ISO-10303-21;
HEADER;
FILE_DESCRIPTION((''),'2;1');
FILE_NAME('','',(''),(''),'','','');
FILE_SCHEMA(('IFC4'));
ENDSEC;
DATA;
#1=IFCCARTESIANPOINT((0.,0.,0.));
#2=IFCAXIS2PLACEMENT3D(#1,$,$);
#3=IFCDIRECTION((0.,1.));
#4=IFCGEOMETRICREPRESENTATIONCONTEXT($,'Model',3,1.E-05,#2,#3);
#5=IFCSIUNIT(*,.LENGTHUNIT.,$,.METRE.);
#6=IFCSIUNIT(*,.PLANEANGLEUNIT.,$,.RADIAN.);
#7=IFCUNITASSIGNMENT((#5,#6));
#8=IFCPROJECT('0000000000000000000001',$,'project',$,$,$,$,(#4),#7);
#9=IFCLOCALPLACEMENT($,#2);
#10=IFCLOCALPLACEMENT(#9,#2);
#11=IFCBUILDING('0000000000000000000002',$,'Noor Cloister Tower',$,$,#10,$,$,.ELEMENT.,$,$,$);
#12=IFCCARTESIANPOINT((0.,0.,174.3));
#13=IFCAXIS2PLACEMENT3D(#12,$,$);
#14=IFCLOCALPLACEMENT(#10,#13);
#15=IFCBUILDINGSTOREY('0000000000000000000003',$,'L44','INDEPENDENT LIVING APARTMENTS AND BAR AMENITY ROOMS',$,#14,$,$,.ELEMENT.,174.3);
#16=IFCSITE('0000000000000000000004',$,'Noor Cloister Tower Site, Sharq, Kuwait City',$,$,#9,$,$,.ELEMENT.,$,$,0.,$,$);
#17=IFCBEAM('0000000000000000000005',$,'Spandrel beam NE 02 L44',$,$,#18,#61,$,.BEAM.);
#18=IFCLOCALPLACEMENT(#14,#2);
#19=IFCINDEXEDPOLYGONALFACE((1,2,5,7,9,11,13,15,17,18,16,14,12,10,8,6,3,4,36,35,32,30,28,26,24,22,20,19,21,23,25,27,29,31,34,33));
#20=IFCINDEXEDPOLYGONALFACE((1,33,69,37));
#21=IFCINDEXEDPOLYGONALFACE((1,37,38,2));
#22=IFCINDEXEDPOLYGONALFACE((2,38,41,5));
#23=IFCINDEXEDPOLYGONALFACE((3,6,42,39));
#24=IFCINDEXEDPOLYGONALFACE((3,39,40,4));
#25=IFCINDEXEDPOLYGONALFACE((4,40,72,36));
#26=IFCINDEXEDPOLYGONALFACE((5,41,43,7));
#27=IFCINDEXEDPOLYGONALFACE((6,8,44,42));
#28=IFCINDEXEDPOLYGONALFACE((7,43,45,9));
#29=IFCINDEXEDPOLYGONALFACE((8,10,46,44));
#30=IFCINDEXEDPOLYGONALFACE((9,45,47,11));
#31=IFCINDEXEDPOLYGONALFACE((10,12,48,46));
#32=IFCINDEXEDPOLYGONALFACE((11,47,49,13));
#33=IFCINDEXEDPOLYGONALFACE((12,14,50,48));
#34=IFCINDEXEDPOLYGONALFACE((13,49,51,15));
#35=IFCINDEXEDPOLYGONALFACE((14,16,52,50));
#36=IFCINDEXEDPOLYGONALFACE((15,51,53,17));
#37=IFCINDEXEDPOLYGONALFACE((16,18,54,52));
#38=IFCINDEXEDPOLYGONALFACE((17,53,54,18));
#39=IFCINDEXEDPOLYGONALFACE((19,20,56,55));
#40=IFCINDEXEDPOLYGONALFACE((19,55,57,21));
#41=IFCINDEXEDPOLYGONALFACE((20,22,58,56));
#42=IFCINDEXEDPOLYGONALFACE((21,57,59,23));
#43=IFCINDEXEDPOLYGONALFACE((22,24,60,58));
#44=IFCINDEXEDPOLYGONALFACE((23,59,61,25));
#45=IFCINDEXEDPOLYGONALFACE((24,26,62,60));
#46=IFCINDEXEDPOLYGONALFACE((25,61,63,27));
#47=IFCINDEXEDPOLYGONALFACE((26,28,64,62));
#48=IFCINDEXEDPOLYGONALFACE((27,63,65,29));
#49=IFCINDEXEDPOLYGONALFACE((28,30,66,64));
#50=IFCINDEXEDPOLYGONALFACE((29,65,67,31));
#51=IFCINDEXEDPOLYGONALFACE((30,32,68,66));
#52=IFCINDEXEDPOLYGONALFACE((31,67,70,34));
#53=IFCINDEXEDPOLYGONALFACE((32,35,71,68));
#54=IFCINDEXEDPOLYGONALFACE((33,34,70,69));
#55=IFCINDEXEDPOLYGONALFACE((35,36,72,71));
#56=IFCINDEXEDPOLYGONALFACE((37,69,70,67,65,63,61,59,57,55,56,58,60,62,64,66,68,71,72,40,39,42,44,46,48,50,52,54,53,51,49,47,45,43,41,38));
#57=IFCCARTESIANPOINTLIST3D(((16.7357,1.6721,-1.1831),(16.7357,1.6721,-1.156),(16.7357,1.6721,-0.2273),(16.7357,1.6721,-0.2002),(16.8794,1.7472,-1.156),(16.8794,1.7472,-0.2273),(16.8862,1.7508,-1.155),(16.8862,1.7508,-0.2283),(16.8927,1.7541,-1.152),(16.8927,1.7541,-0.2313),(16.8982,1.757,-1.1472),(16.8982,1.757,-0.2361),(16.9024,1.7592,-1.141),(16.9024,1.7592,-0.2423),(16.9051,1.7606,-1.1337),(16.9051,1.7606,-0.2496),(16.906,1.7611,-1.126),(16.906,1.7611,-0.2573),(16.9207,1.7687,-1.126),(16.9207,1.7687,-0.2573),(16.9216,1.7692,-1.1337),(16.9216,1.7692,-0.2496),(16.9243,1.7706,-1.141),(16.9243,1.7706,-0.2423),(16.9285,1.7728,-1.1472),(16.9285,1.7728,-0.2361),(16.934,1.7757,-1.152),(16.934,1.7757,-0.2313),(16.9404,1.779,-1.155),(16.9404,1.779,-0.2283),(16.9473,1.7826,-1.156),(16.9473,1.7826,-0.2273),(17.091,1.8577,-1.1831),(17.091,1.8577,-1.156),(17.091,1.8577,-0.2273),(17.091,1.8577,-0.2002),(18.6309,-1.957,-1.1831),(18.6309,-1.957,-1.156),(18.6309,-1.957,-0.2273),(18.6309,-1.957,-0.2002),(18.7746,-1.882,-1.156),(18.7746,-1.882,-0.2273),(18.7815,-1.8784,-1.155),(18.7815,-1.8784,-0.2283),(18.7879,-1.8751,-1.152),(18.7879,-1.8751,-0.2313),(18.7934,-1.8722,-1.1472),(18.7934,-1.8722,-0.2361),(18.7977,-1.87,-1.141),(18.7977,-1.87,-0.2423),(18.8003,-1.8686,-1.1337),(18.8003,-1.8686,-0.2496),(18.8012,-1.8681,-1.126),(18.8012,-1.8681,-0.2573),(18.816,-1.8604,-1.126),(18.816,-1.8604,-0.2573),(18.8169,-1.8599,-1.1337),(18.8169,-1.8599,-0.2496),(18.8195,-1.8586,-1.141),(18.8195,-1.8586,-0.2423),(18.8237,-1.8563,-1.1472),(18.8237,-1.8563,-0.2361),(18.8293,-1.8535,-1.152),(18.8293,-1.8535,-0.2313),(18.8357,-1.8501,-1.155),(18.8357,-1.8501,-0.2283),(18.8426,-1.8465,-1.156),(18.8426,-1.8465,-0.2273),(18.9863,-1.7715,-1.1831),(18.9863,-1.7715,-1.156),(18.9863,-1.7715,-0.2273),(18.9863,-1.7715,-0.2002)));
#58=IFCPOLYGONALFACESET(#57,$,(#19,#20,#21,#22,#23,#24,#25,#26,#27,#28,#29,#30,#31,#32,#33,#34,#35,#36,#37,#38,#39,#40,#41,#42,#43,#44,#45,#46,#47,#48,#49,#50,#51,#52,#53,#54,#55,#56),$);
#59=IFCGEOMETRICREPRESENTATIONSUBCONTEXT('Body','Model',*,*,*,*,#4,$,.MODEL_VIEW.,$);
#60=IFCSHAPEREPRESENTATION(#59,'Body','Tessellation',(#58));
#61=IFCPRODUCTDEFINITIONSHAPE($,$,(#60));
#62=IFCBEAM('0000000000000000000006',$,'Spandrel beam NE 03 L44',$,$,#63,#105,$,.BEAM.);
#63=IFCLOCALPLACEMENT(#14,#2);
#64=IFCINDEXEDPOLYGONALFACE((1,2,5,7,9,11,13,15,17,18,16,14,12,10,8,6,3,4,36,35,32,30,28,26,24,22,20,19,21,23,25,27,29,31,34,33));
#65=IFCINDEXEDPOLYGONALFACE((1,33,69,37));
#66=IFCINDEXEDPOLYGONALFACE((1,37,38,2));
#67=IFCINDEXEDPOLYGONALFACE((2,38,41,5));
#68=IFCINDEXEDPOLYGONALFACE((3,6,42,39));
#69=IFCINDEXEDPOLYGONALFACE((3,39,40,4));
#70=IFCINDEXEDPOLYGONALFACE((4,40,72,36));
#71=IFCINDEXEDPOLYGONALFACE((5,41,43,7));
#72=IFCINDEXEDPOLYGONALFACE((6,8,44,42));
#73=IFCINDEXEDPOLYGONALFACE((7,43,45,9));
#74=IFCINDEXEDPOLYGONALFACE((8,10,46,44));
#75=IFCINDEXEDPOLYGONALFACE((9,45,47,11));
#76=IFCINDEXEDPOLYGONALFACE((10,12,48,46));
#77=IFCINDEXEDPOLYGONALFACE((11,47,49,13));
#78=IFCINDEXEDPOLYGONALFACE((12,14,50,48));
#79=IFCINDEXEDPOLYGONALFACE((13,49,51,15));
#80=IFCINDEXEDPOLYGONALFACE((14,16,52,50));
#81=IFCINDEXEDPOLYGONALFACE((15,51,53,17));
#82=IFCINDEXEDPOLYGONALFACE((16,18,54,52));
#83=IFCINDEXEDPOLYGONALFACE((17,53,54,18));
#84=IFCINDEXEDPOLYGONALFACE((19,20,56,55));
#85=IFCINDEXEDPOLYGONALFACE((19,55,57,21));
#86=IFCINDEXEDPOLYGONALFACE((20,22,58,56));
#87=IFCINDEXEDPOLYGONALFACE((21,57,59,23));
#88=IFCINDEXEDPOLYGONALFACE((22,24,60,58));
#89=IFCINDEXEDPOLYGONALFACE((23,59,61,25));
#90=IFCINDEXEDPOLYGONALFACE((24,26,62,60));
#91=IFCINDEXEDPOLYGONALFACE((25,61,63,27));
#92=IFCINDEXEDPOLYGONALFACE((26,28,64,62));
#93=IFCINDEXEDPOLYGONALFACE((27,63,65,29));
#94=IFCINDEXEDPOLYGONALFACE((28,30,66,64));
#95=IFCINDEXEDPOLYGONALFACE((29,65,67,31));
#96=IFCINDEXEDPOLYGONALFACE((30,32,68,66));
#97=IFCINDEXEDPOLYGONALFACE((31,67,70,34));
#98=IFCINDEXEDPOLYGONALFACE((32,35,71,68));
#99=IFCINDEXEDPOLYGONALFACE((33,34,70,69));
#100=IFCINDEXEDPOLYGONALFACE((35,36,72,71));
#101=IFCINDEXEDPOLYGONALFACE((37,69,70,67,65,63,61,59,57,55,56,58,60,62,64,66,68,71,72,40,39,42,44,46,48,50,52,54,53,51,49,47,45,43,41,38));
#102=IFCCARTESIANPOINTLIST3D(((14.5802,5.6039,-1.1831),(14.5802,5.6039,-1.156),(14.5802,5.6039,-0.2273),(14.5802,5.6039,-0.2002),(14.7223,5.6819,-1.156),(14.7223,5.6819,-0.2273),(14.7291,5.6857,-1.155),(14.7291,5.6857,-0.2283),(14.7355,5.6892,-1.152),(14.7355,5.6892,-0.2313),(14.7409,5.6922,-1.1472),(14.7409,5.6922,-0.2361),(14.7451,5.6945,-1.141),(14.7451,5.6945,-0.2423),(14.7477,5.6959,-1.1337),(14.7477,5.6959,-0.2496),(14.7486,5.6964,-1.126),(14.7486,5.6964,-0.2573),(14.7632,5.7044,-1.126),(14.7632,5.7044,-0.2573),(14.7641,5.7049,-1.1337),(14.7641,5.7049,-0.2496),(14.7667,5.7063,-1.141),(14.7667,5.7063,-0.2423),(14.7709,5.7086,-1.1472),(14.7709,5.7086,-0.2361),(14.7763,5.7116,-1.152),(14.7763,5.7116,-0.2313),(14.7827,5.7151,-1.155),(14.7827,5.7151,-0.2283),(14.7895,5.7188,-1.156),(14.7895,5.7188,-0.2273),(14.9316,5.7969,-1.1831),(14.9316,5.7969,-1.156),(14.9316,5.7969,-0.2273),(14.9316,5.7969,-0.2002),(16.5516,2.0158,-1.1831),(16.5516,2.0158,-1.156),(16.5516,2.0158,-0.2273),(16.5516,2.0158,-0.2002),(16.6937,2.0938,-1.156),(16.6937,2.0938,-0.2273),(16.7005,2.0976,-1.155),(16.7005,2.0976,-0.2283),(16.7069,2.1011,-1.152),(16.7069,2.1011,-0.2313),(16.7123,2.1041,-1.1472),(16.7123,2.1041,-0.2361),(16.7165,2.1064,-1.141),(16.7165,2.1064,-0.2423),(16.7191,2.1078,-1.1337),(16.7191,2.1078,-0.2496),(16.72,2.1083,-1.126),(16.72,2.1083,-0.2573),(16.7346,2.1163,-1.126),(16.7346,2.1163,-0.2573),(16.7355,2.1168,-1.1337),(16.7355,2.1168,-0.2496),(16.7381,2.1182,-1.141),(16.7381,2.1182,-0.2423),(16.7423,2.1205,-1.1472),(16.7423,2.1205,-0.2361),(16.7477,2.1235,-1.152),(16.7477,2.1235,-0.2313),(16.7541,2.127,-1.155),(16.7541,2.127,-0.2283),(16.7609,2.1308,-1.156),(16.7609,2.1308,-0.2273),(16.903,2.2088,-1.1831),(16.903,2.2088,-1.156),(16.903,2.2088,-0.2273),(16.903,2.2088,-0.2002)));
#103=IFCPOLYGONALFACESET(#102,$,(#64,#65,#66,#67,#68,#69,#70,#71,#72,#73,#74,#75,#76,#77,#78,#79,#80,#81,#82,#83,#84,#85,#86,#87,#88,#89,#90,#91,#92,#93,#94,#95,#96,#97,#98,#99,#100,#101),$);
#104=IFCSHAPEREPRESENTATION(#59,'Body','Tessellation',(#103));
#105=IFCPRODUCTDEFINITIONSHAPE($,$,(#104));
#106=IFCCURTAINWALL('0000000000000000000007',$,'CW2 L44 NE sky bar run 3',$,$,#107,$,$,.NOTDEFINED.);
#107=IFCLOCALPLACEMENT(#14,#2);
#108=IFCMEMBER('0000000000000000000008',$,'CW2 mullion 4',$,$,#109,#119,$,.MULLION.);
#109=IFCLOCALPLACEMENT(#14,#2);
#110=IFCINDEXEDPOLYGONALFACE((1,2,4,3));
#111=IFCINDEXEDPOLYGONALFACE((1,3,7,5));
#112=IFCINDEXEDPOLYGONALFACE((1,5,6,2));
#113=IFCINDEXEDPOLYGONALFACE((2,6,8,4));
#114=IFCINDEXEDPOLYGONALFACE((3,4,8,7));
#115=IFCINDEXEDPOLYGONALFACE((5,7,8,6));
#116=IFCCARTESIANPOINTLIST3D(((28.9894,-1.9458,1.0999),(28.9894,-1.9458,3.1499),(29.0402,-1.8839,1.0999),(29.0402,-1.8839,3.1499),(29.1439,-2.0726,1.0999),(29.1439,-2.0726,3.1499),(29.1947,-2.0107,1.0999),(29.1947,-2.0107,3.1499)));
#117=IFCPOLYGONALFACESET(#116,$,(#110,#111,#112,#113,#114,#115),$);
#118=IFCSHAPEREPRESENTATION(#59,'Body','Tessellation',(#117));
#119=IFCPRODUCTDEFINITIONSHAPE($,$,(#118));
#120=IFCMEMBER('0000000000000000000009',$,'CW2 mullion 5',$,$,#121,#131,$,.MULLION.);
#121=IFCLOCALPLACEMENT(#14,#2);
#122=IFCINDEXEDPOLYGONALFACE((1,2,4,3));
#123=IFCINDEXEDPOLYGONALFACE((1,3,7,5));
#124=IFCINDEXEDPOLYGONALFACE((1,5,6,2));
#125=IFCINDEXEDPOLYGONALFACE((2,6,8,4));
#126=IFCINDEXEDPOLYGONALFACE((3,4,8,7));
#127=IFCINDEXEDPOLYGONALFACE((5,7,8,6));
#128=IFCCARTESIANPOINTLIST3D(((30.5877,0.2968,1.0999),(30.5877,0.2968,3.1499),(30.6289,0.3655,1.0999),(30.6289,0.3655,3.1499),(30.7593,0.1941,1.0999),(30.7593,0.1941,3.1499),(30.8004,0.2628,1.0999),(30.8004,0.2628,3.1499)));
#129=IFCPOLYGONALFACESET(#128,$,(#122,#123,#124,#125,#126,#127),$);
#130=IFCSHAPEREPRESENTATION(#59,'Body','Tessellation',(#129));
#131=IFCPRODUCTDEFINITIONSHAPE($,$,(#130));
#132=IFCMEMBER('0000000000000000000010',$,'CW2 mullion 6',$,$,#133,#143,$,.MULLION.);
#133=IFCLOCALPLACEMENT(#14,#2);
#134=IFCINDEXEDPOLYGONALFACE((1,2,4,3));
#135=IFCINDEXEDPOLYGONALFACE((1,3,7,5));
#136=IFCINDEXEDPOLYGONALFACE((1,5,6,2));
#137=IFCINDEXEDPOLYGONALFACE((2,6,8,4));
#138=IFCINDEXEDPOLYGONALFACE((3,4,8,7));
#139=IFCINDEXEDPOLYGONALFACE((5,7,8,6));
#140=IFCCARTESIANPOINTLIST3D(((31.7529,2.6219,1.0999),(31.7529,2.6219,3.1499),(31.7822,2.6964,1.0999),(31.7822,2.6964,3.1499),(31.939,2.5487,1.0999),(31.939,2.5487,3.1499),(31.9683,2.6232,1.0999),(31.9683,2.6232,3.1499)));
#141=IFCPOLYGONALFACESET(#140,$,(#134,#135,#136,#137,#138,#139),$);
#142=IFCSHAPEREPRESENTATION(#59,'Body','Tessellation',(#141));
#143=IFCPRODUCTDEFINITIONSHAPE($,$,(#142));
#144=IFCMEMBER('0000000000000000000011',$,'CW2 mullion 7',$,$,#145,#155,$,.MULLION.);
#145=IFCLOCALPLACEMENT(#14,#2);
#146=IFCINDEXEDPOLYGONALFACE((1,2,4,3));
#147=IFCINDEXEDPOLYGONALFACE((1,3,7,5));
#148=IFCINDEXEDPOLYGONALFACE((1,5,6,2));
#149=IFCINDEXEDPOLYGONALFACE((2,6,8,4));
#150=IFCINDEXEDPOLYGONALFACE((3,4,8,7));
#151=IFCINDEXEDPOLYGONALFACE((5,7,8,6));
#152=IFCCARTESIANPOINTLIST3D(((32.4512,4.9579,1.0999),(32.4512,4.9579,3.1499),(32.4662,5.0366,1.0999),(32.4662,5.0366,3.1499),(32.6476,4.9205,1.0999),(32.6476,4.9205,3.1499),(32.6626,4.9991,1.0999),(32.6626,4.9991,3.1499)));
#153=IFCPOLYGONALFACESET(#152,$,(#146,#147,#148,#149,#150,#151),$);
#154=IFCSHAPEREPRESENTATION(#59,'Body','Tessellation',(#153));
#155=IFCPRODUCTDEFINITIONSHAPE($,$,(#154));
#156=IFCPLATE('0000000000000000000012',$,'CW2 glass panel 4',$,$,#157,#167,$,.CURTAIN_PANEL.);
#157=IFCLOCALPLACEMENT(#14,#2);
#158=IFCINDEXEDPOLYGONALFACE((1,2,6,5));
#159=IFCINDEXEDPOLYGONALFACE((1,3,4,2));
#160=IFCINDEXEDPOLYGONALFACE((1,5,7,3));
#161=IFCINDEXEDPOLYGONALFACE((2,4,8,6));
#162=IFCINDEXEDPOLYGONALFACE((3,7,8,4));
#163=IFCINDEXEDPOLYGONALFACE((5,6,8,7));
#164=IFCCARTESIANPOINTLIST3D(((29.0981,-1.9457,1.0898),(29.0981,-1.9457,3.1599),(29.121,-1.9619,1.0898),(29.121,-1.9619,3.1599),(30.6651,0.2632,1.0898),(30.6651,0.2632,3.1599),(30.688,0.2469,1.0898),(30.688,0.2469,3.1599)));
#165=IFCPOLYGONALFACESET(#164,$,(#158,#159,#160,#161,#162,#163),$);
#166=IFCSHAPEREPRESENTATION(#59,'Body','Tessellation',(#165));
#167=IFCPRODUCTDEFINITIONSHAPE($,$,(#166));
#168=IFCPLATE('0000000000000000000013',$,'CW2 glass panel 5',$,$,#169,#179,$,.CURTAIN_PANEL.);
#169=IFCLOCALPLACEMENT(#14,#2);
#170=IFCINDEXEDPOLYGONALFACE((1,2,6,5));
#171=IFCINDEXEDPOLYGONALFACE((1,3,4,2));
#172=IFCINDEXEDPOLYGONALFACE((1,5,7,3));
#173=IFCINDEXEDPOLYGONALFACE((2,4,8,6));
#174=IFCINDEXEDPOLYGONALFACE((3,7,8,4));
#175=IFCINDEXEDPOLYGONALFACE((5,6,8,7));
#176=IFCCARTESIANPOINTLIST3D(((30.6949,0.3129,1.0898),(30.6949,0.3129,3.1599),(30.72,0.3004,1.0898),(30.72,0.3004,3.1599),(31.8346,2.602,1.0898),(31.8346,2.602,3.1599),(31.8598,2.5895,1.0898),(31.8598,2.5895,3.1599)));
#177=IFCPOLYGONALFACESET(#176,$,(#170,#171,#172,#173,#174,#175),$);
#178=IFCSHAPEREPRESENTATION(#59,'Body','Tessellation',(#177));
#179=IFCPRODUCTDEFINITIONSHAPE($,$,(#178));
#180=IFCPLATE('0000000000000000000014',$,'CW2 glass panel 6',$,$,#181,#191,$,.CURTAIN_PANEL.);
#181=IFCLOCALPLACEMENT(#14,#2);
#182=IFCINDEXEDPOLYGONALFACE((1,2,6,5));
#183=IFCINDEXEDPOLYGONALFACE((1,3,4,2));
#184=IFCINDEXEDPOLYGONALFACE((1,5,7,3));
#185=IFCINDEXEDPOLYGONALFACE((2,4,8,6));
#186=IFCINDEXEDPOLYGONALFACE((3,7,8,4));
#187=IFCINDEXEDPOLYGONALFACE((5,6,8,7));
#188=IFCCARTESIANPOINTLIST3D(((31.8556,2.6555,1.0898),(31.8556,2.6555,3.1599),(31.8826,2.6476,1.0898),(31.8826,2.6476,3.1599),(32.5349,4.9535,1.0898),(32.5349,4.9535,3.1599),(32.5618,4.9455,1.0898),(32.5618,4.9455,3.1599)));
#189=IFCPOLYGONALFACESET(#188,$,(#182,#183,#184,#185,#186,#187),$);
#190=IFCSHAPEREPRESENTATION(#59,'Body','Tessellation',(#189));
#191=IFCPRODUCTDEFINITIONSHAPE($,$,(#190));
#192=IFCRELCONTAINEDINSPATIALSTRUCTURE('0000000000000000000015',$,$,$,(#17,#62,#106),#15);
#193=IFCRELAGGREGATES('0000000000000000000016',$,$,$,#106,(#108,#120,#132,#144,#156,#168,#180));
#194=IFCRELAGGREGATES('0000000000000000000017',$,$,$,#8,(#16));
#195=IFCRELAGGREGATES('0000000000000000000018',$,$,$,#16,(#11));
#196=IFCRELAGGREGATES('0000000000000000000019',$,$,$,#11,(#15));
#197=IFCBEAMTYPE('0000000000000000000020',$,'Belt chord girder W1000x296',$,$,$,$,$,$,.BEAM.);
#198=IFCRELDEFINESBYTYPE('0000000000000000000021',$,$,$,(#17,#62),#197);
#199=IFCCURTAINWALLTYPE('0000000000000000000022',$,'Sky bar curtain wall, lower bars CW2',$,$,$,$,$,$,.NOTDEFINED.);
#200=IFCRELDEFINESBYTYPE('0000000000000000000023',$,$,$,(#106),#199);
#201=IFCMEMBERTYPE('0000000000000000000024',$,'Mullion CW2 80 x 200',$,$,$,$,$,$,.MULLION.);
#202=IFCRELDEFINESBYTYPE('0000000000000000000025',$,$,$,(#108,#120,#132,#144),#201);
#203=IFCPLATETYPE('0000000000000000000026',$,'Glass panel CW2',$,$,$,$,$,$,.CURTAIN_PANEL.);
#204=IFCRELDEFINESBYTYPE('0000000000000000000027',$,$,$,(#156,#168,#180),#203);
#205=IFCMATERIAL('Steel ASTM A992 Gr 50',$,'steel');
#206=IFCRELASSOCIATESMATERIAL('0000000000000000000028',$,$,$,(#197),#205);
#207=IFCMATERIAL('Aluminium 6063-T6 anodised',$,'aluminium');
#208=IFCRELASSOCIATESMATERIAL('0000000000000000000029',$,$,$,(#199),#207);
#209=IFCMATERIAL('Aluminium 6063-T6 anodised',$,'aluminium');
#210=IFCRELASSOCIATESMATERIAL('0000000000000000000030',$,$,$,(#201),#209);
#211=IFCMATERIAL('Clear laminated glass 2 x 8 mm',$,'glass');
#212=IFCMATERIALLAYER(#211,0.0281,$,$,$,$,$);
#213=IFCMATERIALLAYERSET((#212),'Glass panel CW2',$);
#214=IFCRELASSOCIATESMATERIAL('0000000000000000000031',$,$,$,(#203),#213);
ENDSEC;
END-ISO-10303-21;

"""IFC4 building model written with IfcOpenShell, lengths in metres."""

from ifc_helpers import new_model, si_unit, direction, frame, origin, origin_2d, place, context, subcontext, project, spatial, rectangle, i_section, extrude, material, layer, layer_set, material_profile, profile_set, type_object, element, aggregate, save


model = new_model("IFC4")

# Units and contexts
model_context = context("Model", 3, precision=1e-05, world=origin(), true_north=direction((0.0, 1.0)))
body_context = subcontext(model_context, "Body", "Model", "MODEL_VIEW")
ifc_project = project(units=[si_unit("LENGTHUNIT", "METRE"), si_unit("PLANEANGLEUNIT", "RADIAN")], contexts=[model_context])

# Site, building, storey
site_placement = place(None, origin())
site = spatial("IfcSite", under=ifc_project, at=site_placement, Name="Noor Cloister Tower Site, Sharq, Kuwait City", CompositionType="ELEMENT", RefElevation=0.0)
building_placement = place(site_placement, origin())
building = spatial("IfcBuilding", under=site, at=building_placement, Name="Noor Cloister Tower", CompositionType="ELEMENT")
storey_placement = place(building_placement, frame((0.0, 0.0, 174.3)))
storey = spatial("IfcBuildingStorey", under=building, at=storey_placement, Name="L44", Description="INDEPENDENT LIVING APARTMENTS AND BAR AMENITY ROOMS", CompositionType="ELEMENT", Elevation=174.3)

# Beams
ifc_material_1 = material(Name="Steel ASTM A992 Gr 50", Category="steel")
ifc_material_profile_1 = material_profile(ifc_material_1, i_section(OverallWidth=0.4009, OverallDepth=0.9829, WebThickness=0.0166, FlangeThickness=0.0271, FilletRadius=0.03, at=origin_2d()), Name="W1000x296")
ifc_profile_set_1 = profile_set([ifc_material_profile_1], Name="Steel ASTM A992 Gr 50")
beam_type = type_object("IfcBeamType", Name="Belt chord girder W1000x296", PredefinedType="BEAM", material=ifc_profile_set_1)
beam_1_placement = place(storey_placement, frame((18.8086, -1.8643, -0.6917), z_axis=(-0.46291, 0.886405, 0.0), x_axis=(-0.886405, -0.46291, 0.0)))
element("IfcBeam", 1, at=beam_1_placement, inside=storey, type_object=beam_type, Name="Spandrel beam NE 02 L44", PredefinedType="BEAM", context=body_context, shape_type="SweptSolid", body=[
    extrude(i_section(OverallWidth=0.4009, OverallDepth=0.9829, WebThickness=0.0166, FlangeThickness=0.0271, FilletRadius=0.03, at=origin_2d()), origin(), (0.0, 0.0, 1.0), 4.0942),
])
beam_2_placement = place(storey_placement, frame((16.7273, 2.1123, -0.6917), z_axis=(-0.481536, 0.876426, 0.0), x_axis=(-0.876426, -0.481536, 0.0)))
element("IfcBeam", 2, at=beam_2_placement, inside=storey, type_object=beam_type, Name="Spandrel beam NE 03 L44", PredefinedType="BEAM", context=body_context, shape_type="SweptSolid", body=[
    extrude(i_section(OverallWidth=0.4009, OverallDepth=0.9829, WebThickness=0.0166, FlangeThickness=0.0271, FilletRadius=0.03, at=origin_2d()), origin(), (0.0, 0.0, 1.0), 4.094),
])

# Curtain wall, members, plates
ifc_material_2 = material(Name="Aluminium 6063-T6 anodised", Category="aluminium")
curtain_wall_type = type_object("IfcCurtainWallType", Name="Sky bar curtain wall, lower bars CW2", PredefinedType="NOTDEFINED", material=ifc_material_2)
curtain_wall_placement = place(storey_placement, origin())
curtain_wall = element("IfcCurtainWall", 3, at=curtain_wall_placement, inside=storey, type_object=curtain_wall_type, Name="CW2 L44 NE sky bar run 3", PredefinedType="NOTDEFINED")
ifc_material_3 = material(Name="Aluminium 6063-T6 anodised", Category="aluminium")
ifc_material_profile_2 = material_profile(ifc_material_3, rectangle(XDim=0.2, YDim=0.0801, at=origin_2d()), Name="200 x 80 mullion")
ifc_profile_set_2 = profile_set([ifc_material_profile_2], Name="Aluminium 6063-T6 anodised")
member_type = type_object("IfcMemberType", Name="Mullion CW2 80 x 200", PredefinedType="MULLION", material=ifc_profile_set_2)
member_1_placement = place(storey_placement, frame((29.092, -1.9783, 1.0999), z_axis=(0.0, 0.0, 1.0), x_axis=(-0.773026, 0.634375, 0.0)))
member_1 = element("IfcMember", 4, at=member_1_placement, type_object=member_type, Name="CW2 mullion 4", PredefinedType="MULLION", context=body_context, shape_type="SweptSolid", body=[
    extrude(rectangle(XDim=0.2, YDim=0.0801, at=origin_2d()), origin(), (0.0, 0.0, 1.0), 2.05),
])
member_2_placement = place(storey_placement, frame((30.6941, 0.2798, 1.0999), z_axis=(0.0, 0.0, 1.0), x_axis=(-0.857965, 0.513709, 0.0)))
member_2 = element("IfcMember", 5, at=member_2_placement, type_object=member_type, Name="CW2 mullion 5", PredefinedType="MULLION", context=body_context, shape_type="SweptSolid", body=[
    extrude(rectangle(XDim=0.2, YDim=0.0801, at=origin_2d()), origin(), (0.0, 0.0, 1.0), 2.05),
])
member_3_placement = place(storey_placement, frame((31.8606, 2.6226, 1.0999), z_axis=(0.0, 0.0, 1.0), x_axis=(-0.930621, 0.365983, 0.0)))
member_3 = element("IfcMember", 6, at=member_3_placement, type_object=member_type, Name="CW2 mullion 6", PredefinedType="MULLION", context=body_context, shape_type="SweptSolid", body=[
    extrude(rectangle(XDim=0.2, YDim=0.0801, at=origin_2d()), origin(), (0.0, 0.0, 1.0), 2.05),
])
member_4_placement = place(storey_placement, frame((32.5569, 4.9785, 1.0999), z_axis=(0.0, 0.0, 1.0), x_axis=(-0.98229, 0.187368, 0.0)))
member_4 = element("IfcMember", 7, at=member_4_placement, type_object=member_type, Name="CW2 mullion 7", PredefinedType="MULLION", context=body_context, shape_type="SweptSolid", body=[
    extrude(rectangle(XDim=0.2, YDim=0.0801, at=origin_2d()), origin(), (0.0, 0.0, 1.0), 2.05),
])
ifc_material_4 = material(Name="Clear laminated glass 2 x 8 mm", Category="glass")
ifc_layer_1 = layer(ifc_material_4, 0.0281)
ifc_layer_set_1 = layer_set([ifc_layer_1], Name="Glass panel CW2")
plate_type = type_object("IfcPlateType", Name="Glass panel CW2", PredefinedType="CURTAIN_PANEL", material=ifc_layer_set_1)
plate_1_placement = place(storey_placement, frame((29.8931, -0.8494, 1.0898), z_axis=(0.0, 0.0, 1.0), x_axis=(0.578621, 0.815597, 0.0)))
plate_1 = element("IfcPlate", 8, at=plate_1_placement, type_object=plate_type, Name="CW2 glass panel 4", PredefinedType="CURTAIN_PANEL", context=body_context, shape_type="SweptSolid", body=[
    extrude(rectangle(XDim=2.7083, YDim=0.0281, at=origin_2d()), origin(), (0.0, 0.0, 1.0), 2.0701),
])
plate_2_placement = place(storey_placement, frame((31.2773, 1.4512, 1.0898), z_axis=(0.0, 0.0, 1.0), x_axis=(0.445709, 0.895178, 0.0)))
plate_2 = element("IfcPlate", 9, at=plate_2_placement, type_object=plate_type, Name="CW2 glass panel 5", PredefinedType="CURTAIN_PANEL", context=body_context, shape_type="SweptSolid", body=[
    extrude(rectangle(XDim=2.5571, YDim=0.0281, at=origin_2d()), origin(), (0.0, 0.0, 1.0), 2.0701),
])
plate_3_placement = place(storey_placement, frame((32.2087, 3.8005, 1.0898), z_axis=(0.0, 0.0, 1.0), x_axis=(0.283471, 0.958981, 0.0)))
plate_3 = element("IfcPlate", 10, at=plate_3_placement, type_object=plate_type, Name="CW2 glass panel 6", PredefinedType="CURTAIN_PANEL", context=body_context, shape_type="SweptSolid", body=[
    extrude(rectangle(XDim=2.3962, YDim=0.0281, at=origin_2d()), origin(), (0.0, 0.0, 1.0), 2.0701),
])
aggregate(curtain_wall, [member_1, member_2, member_3, member_4, plate_1, plate_2, plate_3])

save(model, "model.ifc")
